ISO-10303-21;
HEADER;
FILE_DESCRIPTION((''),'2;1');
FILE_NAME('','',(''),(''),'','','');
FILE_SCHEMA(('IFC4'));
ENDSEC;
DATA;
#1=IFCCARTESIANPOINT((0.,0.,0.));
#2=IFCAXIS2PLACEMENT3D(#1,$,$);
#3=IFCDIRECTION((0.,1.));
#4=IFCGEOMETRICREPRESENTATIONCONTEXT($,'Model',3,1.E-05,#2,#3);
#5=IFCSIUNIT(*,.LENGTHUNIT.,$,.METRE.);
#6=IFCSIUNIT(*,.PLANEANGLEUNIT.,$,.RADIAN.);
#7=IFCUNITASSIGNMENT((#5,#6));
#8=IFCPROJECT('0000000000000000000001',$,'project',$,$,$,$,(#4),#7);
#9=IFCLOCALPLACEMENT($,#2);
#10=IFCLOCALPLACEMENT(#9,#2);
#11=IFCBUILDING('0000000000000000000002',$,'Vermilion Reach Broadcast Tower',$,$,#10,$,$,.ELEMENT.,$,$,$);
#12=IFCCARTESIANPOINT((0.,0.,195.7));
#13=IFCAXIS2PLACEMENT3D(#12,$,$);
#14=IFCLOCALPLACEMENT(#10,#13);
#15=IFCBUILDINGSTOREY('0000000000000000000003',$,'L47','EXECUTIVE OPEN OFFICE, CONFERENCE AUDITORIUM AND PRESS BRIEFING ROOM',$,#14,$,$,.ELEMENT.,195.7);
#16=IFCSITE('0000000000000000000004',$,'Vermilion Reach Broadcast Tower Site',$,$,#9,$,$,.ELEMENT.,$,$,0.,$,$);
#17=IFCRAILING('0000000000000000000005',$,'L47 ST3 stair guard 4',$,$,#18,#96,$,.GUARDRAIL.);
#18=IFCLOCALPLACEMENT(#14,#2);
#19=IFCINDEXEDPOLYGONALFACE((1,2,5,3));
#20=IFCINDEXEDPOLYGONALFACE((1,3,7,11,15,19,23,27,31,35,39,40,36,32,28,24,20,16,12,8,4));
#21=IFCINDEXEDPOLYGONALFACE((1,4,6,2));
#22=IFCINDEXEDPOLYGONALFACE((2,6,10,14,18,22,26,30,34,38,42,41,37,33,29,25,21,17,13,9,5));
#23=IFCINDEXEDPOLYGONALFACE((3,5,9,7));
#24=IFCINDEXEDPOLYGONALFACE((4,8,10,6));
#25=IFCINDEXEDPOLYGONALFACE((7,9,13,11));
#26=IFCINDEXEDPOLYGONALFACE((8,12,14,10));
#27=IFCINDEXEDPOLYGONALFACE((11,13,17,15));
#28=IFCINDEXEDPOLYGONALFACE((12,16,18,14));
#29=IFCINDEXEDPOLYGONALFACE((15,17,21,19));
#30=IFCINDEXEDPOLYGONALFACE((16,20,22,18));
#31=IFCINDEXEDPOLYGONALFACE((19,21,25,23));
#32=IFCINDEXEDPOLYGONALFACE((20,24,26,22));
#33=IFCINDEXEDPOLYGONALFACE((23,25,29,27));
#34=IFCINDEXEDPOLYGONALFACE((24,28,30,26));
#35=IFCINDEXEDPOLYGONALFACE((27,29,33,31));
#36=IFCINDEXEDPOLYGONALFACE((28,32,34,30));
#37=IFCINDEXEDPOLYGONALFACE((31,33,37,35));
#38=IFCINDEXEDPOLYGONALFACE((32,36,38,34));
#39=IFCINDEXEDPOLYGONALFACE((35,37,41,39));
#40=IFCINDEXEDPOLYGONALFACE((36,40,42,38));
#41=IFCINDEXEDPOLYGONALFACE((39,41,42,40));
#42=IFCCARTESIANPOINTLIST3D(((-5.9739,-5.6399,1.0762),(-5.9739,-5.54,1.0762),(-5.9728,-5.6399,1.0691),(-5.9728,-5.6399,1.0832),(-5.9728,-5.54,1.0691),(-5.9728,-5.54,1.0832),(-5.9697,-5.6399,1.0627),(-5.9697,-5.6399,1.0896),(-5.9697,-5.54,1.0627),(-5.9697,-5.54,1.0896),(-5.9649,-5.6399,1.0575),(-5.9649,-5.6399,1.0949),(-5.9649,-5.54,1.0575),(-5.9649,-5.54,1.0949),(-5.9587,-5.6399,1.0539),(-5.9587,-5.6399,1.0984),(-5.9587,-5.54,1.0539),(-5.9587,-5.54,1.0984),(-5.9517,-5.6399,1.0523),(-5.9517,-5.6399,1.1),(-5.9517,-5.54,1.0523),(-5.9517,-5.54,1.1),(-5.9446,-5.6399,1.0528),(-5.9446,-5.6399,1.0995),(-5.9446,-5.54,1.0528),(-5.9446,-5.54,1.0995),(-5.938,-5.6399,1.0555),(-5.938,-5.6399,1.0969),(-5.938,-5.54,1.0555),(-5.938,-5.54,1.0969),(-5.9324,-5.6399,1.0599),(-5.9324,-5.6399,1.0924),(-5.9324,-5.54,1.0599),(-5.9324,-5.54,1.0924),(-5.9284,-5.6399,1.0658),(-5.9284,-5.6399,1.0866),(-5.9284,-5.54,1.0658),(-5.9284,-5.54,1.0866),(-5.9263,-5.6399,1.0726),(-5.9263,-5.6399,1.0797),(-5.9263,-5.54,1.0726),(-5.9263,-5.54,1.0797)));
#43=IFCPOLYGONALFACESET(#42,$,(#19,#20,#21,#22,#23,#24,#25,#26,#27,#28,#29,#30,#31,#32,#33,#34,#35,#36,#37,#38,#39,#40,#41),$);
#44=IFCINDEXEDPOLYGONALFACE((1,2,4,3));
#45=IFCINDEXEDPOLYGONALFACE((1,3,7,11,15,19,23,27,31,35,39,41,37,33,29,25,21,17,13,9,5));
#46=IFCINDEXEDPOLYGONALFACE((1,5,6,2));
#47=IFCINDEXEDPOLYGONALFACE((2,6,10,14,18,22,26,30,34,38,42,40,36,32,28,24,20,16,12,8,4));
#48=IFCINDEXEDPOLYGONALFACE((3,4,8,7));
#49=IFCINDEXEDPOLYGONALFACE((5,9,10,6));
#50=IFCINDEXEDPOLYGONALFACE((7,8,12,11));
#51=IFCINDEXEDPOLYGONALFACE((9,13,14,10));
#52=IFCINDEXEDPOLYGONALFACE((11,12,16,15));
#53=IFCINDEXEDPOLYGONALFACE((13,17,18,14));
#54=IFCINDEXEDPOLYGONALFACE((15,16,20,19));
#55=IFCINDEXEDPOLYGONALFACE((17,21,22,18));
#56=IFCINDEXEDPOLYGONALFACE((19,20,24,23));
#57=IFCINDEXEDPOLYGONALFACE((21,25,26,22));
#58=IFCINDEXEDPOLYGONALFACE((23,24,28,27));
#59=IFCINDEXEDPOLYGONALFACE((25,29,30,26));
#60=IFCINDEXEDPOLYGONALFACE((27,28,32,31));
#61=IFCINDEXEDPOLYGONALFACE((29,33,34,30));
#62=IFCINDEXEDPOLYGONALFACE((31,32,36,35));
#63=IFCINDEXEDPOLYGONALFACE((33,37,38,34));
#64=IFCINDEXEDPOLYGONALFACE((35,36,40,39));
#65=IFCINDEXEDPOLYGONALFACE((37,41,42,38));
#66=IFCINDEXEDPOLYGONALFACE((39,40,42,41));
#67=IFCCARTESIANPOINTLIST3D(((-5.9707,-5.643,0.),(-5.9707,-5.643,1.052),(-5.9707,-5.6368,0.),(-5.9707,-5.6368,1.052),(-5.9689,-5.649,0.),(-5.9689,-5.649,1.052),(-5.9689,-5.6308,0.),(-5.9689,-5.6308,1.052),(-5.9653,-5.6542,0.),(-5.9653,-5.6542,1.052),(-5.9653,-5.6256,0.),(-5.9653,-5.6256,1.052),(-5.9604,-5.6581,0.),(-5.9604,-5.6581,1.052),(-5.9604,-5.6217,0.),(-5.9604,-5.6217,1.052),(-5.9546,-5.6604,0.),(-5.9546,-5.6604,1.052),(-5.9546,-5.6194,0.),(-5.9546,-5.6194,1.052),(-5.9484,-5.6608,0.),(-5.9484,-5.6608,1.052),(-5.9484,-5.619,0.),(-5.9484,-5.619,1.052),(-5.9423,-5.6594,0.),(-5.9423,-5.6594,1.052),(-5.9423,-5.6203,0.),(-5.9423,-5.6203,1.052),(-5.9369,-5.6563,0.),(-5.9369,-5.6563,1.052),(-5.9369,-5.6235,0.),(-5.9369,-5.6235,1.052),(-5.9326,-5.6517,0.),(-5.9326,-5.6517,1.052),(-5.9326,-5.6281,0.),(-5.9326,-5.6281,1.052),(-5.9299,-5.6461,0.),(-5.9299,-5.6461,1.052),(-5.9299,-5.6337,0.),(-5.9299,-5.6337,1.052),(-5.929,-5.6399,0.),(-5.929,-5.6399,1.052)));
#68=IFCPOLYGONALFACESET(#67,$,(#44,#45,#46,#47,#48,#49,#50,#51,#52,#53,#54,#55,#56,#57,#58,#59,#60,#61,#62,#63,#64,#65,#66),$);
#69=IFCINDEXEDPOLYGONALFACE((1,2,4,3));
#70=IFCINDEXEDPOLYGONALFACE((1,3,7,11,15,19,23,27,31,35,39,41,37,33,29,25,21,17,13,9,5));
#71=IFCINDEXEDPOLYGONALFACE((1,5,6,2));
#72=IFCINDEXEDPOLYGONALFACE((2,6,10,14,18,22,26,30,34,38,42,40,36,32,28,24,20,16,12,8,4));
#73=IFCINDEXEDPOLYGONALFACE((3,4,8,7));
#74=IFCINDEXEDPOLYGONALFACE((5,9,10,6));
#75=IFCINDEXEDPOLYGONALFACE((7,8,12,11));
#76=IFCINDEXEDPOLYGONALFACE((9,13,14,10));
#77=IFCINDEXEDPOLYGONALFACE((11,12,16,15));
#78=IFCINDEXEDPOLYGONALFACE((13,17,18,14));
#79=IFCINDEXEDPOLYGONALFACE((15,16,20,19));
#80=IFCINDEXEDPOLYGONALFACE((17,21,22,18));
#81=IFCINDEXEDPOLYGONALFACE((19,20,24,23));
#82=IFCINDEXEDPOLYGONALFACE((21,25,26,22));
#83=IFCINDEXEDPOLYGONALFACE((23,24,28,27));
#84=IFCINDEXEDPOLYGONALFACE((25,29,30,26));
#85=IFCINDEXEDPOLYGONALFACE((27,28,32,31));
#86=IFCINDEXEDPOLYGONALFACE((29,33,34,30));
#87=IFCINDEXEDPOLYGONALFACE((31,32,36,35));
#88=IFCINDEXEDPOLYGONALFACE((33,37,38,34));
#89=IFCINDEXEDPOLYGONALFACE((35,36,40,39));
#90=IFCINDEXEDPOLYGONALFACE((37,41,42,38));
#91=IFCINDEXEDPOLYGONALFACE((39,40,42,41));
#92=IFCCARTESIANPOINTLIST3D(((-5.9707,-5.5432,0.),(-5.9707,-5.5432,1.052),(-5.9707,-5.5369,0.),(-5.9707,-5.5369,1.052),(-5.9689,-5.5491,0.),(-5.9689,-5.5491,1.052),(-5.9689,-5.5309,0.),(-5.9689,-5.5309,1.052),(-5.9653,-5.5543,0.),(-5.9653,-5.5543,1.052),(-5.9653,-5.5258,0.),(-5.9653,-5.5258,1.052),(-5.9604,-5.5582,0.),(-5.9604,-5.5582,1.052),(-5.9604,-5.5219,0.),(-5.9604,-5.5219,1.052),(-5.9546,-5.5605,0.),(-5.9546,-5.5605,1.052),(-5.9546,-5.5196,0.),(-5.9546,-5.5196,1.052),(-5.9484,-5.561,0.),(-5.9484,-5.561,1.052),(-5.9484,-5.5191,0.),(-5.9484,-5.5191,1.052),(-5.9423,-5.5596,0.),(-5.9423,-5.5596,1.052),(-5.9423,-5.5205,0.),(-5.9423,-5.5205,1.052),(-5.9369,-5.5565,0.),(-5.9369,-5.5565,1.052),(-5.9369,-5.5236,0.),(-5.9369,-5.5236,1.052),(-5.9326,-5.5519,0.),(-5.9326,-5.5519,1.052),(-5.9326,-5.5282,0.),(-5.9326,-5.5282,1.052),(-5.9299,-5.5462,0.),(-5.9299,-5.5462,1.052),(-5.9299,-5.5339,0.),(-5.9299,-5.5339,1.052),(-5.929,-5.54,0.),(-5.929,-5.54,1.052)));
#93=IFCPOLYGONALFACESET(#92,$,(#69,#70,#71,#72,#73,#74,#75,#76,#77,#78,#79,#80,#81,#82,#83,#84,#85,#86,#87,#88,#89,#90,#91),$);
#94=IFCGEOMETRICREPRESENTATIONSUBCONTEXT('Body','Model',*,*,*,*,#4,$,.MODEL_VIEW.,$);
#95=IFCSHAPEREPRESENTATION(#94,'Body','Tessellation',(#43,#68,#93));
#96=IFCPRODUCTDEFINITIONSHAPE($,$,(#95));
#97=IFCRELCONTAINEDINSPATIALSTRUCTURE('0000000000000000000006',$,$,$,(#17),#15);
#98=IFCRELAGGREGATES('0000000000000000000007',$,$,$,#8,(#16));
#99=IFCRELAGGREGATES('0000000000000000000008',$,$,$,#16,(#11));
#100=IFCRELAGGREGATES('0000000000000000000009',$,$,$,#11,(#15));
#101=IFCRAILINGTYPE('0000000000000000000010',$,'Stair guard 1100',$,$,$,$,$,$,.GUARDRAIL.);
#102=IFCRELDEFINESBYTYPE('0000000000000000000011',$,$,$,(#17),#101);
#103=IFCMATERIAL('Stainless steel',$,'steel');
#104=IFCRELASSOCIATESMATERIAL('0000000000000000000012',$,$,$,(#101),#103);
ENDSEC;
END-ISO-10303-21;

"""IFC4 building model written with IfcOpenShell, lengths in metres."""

from ifc_helpers import new_model, si_unit, direction, frame, origin, origin_2d, place, context, subcontext, project, spatial, circle, extrude, material, type_object, element, save


model = new_model("IFC4")

# Units and contexts
model_context = context("Model", 3, precision=1e-05, world=origin(), true_north=direction((0.0, 1.0)))
body_context = subcontext(model_context, "Body", "Model", "MODEL_VIEW")
ifc_project = project(units=[si_unit("LENGTHUNIT", "METRE"), si_unit("PLANEANGLEUNIT", "RADIAN")], contexts=[model_context])

# Site, building, storey
site_placement = place(None, origin())
site = spatial("IfcSite", under=ifc_project, at=site_placement, Name="Vermilion Reach Broadcast Tower Site", CompositionType="ELEMENT", RefElevation=0.0)
building_placement = place(site_placement, origin())
building = spatial("IfcBuilding", under=site, at=building_placement, Name="Vermilion Reach Broadcast Tower", CompositionType="ELEMENT")
storey_placement = place(building_placement, frame((0.0, 0.0, 195.7)))
storey = spatial("IfcBuildingStorey", under=building, at=storey_placement, Name="L47", Description="EXECUTIVE OPEN OFFICE, CONFERENCE AUDITORIUM AND PRESS BRIEFING ROOM", CompositionType="ELEMENT", Elevation=195.7)

# Railing
ifc_material_1 = material(Name="Stainless steel", Category="steel")
railing_type_1 = type_object("IfcRailingType", Name="Stair guard 1100", PredefinedType="GUARDRAIL", material=ifc_material_1)
railing_1_placement = place(storey_placement, frame((-5.95, -5.6399, 0.0)))
element("IfcRailing", 1, at=railing_1_placement, inside=storey, type_object=railing_type_1, Name="L47 ST3 stair guard 4", PredefinedType="GUARDRAIL", context=body_context, shape_type="SweptSolid", body=[
    extrude(circle(Radius=0.0239, at=origin_2d()), frame((0.0, 0.0, 1.0762), z_axis=(0.0, 1.0, 0.0), x_axis=(-1.0, 0.0, 0.0)), (0.0, 0.0, 1.0), 0.0999),
    extrude(circle(Radius=0.021, at=origin_2d()), origin(), (0.0, 0.0, 1.0), 1.052),
    extrude(circle(Radius=0.021, at=origin_2d()), frame((0.0, 0.0999, 0.0)), (0.0, 0.0, 1.0), 1.052),
])

save(model, "model.ifc")
